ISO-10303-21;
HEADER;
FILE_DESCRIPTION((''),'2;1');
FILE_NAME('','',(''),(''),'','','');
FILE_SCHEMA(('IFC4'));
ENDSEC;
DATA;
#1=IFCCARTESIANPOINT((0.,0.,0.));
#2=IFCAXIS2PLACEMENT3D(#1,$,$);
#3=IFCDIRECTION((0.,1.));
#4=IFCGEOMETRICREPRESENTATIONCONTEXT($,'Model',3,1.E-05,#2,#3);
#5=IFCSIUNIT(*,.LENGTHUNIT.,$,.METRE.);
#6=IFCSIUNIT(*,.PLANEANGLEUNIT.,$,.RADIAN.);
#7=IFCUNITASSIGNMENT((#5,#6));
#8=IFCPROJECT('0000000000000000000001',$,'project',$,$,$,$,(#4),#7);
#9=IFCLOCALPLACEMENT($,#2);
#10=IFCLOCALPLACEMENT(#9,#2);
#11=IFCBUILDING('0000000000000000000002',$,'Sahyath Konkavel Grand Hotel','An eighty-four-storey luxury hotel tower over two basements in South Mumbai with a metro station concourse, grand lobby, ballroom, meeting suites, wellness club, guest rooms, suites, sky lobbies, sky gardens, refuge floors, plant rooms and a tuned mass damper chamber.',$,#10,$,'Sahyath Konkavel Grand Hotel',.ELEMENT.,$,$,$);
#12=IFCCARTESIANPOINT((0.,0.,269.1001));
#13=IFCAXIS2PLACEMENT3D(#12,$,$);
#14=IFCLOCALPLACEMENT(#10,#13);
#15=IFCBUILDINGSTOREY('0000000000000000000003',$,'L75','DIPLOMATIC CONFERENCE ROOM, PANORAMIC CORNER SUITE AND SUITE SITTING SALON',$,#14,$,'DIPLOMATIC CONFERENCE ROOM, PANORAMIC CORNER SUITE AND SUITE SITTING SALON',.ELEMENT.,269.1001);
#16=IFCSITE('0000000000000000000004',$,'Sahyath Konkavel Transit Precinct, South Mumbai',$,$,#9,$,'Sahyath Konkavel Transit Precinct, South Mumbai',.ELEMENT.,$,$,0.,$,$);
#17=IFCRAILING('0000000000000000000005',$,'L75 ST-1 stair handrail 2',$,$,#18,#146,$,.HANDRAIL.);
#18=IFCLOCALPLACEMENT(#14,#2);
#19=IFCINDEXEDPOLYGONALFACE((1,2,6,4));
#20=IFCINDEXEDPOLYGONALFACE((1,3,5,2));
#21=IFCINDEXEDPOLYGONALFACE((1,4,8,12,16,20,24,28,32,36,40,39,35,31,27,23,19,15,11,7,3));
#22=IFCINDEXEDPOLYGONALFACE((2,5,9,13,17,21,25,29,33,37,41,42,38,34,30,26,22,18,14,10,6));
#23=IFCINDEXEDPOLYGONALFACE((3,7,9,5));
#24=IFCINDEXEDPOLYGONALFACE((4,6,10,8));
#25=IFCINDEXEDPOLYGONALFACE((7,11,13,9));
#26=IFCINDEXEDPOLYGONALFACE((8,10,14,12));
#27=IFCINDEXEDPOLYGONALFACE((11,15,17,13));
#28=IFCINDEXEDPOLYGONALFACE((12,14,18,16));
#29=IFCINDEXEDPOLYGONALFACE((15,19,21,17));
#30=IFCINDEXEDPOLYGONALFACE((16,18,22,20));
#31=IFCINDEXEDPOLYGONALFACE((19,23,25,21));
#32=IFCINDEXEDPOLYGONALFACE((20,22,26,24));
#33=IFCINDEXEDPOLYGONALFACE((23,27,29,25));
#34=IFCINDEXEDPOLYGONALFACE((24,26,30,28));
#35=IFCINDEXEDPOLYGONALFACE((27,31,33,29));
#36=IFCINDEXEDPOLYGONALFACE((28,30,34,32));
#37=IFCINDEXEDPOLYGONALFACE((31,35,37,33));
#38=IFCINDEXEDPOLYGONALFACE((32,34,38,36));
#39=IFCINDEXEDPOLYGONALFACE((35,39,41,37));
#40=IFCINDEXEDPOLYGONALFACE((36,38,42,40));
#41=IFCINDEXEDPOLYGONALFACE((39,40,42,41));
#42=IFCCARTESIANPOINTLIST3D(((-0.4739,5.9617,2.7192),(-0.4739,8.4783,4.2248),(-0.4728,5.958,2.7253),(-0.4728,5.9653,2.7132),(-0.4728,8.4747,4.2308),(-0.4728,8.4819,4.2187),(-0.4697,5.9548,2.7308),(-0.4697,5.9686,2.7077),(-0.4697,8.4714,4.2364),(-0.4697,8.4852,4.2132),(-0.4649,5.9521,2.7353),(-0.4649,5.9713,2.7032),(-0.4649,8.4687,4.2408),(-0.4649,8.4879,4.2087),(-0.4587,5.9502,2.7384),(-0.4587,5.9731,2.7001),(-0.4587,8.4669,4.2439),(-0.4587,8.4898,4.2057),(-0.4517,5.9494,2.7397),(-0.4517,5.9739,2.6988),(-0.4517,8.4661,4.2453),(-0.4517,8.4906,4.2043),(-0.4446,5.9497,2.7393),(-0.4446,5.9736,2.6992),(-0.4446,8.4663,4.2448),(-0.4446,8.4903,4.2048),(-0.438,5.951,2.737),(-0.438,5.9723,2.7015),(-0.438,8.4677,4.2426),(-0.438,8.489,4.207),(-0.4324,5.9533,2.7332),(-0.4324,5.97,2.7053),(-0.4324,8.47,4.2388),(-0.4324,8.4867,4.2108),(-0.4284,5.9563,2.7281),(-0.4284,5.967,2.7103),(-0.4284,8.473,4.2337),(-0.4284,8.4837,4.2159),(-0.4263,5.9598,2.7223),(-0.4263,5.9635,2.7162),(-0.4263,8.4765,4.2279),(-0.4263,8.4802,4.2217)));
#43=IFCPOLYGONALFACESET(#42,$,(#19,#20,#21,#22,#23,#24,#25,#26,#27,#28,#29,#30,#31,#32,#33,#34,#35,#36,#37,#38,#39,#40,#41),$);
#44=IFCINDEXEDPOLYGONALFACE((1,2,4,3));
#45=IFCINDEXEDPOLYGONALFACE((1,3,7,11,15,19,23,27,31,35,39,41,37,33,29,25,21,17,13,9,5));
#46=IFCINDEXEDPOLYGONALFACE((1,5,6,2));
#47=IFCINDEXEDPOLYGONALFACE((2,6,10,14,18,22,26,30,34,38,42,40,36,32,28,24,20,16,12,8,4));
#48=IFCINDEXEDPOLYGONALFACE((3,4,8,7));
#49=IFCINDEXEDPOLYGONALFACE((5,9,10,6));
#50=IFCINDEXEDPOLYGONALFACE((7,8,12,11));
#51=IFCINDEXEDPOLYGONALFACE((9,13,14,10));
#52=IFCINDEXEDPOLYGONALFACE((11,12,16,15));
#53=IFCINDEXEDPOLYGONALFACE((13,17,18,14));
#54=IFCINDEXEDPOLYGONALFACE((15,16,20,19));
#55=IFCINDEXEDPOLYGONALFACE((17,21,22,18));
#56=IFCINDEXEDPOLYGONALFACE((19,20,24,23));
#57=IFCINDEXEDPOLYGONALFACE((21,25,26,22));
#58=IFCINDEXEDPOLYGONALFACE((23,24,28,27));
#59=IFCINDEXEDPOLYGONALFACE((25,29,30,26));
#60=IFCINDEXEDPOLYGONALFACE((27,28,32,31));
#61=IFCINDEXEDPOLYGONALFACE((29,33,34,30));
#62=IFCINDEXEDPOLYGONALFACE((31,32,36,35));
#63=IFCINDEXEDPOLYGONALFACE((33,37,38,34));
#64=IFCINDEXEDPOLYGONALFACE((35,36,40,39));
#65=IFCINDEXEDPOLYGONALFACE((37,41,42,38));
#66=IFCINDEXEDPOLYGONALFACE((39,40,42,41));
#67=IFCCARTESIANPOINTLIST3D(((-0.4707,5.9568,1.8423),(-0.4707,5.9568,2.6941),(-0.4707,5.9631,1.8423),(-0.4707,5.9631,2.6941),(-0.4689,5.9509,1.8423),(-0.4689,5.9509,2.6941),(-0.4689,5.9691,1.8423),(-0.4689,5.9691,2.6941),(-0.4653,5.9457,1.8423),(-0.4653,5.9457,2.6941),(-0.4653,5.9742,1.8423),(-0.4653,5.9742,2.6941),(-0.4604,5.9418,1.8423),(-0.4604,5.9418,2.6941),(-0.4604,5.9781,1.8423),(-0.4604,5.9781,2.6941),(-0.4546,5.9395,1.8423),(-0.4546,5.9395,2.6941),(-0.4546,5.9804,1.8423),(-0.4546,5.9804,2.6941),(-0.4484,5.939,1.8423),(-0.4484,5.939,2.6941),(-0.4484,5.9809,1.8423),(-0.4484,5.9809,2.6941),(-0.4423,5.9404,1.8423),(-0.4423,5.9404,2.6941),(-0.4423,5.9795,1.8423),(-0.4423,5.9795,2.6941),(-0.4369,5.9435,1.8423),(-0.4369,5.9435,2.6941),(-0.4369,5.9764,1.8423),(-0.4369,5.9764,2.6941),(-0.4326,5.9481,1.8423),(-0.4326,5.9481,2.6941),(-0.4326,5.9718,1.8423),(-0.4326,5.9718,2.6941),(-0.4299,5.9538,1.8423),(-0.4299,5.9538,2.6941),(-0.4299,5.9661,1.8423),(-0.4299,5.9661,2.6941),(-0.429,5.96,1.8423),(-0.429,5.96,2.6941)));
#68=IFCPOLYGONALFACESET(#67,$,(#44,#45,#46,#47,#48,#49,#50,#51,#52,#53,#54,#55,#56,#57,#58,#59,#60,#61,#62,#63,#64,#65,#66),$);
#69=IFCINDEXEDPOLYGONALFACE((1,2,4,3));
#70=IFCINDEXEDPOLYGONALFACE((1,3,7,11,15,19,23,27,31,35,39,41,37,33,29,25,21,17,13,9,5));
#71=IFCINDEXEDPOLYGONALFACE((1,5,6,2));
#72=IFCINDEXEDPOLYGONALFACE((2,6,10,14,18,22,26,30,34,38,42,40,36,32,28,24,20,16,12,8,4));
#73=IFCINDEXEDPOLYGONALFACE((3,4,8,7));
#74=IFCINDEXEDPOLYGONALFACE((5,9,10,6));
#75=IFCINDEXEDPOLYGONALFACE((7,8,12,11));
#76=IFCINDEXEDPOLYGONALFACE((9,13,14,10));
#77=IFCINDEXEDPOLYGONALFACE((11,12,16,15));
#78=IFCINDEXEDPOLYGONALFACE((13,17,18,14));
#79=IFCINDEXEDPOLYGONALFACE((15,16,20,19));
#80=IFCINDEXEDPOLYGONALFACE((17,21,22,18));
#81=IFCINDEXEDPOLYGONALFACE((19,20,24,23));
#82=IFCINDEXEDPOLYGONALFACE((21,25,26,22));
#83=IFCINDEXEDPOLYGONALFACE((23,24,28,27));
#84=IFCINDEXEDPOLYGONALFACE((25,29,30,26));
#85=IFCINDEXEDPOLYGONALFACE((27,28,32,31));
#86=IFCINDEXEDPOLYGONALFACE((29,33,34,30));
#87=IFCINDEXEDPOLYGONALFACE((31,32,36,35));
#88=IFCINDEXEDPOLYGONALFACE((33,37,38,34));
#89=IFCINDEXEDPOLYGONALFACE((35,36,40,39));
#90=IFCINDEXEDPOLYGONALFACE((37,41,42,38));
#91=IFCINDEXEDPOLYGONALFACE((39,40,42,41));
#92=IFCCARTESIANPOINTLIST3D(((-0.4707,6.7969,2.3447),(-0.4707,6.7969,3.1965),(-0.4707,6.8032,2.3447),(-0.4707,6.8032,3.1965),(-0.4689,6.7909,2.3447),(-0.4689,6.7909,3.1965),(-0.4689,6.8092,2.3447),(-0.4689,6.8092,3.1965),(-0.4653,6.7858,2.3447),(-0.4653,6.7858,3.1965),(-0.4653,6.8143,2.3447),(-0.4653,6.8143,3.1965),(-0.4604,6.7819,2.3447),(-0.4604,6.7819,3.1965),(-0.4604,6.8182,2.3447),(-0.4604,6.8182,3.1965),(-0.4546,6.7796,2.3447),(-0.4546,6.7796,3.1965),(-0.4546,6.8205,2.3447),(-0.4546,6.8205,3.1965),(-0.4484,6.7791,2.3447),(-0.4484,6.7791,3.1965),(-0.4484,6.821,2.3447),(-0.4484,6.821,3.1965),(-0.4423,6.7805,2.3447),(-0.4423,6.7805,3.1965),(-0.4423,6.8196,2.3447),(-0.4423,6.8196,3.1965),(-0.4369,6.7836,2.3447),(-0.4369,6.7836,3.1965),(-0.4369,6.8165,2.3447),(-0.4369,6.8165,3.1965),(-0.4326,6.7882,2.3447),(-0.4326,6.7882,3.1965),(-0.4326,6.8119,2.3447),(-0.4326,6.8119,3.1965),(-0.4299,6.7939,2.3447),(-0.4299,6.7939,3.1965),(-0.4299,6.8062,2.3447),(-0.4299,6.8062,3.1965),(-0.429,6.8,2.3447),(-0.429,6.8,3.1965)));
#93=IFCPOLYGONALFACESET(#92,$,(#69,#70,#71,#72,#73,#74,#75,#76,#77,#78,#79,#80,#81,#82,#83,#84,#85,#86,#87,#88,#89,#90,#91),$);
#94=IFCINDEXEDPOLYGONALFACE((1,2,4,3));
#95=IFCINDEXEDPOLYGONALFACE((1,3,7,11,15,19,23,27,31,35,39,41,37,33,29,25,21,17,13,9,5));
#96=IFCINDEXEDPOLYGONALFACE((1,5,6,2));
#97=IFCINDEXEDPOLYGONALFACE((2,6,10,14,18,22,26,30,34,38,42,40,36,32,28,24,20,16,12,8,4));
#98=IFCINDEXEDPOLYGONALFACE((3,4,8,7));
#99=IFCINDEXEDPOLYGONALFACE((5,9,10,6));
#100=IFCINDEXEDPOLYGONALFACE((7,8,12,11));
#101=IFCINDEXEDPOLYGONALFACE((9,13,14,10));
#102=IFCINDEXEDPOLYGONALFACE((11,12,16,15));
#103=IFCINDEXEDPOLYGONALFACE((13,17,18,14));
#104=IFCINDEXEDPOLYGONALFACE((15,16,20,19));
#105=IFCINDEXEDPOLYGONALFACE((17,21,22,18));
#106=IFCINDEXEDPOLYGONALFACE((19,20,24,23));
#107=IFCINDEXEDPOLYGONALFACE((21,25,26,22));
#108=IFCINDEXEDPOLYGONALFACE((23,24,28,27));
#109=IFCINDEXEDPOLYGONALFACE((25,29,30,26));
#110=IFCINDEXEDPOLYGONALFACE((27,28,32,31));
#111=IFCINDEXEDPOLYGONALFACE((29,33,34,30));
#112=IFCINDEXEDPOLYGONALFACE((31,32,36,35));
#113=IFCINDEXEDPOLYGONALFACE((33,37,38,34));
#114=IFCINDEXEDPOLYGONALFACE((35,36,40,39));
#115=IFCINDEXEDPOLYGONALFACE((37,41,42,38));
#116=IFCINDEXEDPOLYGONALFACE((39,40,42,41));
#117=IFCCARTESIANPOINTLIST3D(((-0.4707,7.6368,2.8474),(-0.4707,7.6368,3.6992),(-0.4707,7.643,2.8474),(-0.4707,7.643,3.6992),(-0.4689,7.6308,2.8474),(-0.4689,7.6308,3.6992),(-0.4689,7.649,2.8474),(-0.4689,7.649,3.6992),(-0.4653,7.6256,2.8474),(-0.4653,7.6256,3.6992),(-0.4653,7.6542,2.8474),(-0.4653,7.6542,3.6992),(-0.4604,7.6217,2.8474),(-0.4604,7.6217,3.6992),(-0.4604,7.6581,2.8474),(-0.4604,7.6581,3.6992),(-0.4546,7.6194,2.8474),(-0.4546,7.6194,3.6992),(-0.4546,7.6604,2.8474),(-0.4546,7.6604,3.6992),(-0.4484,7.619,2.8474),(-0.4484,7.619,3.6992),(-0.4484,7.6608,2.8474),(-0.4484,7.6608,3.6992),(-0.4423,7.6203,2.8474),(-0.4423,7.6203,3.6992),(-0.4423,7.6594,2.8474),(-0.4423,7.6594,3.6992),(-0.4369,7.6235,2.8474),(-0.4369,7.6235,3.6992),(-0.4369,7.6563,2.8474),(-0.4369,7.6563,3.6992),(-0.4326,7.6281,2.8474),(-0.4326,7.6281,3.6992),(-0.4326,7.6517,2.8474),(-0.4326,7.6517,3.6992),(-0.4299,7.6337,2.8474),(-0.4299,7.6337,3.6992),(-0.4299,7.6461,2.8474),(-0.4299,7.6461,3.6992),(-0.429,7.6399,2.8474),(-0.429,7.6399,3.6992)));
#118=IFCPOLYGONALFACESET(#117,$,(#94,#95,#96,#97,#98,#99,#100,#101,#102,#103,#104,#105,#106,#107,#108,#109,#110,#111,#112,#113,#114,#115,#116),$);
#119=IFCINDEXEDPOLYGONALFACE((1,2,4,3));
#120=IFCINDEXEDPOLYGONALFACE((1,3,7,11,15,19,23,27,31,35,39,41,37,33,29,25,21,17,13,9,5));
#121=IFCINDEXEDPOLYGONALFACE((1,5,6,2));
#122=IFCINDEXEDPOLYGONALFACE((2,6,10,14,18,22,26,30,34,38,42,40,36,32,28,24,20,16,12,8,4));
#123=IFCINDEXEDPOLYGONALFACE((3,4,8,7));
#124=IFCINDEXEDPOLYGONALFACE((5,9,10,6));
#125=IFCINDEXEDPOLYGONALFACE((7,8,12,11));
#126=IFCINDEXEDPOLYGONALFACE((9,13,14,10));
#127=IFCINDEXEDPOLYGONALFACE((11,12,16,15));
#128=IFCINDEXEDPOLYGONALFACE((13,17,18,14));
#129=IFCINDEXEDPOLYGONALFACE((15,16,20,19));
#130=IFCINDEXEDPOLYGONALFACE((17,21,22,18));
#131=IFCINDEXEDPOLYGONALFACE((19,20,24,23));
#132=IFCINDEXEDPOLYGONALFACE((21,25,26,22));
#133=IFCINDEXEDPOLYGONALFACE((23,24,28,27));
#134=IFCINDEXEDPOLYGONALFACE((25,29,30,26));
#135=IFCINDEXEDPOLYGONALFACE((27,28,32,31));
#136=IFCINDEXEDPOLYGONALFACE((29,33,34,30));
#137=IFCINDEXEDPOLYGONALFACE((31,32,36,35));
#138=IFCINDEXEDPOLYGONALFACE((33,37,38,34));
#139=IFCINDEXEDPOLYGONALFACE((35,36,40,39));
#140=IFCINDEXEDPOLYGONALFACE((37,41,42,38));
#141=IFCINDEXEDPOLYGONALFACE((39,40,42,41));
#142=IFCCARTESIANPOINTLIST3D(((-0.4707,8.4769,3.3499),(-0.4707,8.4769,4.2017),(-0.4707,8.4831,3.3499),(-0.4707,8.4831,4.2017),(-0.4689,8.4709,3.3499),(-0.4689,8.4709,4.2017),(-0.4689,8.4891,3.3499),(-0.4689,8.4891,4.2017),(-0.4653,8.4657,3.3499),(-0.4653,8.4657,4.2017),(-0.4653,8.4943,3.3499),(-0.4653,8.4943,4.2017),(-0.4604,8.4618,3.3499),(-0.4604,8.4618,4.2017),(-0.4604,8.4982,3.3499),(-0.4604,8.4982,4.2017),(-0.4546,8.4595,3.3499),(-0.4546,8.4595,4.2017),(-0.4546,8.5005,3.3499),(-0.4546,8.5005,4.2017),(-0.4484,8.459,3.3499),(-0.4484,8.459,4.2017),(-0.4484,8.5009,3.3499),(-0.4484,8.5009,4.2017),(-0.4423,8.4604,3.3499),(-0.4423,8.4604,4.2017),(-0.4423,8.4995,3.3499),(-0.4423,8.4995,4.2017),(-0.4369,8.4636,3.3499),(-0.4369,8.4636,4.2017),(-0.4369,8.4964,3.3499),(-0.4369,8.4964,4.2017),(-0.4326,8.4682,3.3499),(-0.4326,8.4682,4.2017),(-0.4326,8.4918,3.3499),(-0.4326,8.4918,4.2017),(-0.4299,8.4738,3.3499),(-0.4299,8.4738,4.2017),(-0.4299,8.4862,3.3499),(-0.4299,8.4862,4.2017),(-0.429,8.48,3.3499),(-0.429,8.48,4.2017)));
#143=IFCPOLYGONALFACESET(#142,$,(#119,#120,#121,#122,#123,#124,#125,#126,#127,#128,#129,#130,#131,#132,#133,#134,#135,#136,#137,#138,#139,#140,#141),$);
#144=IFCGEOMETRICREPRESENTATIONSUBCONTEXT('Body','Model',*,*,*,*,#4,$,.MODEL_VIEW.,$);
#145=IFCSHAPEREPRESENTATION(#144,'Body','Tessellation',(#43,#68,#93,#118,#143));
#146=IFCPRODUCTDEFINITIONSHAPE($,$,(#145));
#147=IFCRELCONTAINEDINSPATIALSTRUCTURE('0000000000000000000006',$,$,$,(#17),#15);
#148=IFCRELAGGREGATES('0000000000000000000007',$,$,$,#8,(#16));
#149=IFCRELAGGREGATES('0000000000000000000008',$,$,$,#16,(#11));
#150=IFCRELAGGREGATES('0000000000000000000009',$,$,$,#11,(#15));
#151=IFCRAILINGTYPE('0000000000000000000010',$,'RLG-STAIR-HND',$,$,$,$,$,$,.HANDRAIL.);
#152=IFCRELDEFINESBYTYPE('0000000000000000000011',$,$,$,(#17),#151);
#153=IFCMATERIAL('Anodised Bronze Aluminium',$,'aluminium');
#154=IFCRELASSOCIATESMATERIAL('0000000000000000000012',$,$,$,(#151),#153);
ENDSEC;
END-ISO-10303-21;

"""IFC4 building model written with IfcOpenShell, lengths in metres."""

from ifc_helpers import new_model, si_unit, direction, frame, origin, origin_2d, place, context, subcontext, project, spatial, circle, extrude, material, type_object, element, save


model = new_model("IFC4")

# Units and contexts
model_context = context("Model", 3, precision=1e-05, world=origin(), true_north=direction((0.0, 1.0)))
body_context = subcontext(model_context, "Body", "Model", "MODEL_VIEW")
ifc_project = project(units=[si_unit("LENGTHUNIT", "METRE"), si_unit("PLANEANGLEUNIT", "RADIAN")], contexts=[model_context])

# Site, building, storey
site_placement = place(None, origin())
site = spatial("IfcSite", under=ifc_project, at=site_placement, Name="Sahyath Konkavel Transit Precinct, South Mumbai", LongName="Sahyath Konkavel Transit Precinct, South Mumbai", CompositionType="ELEMENT", RefElevation=0.0)
building_placement = place(site_placement, origin())
building = spatial("IfcBuilding", under=site, at=building_placement, Name="Sahyath Konkavel Grand Hotel", Description="An eighty-four-storey luxury hotel tower over two basements in South Mumbai with a metro station concourse, grand lobby, ballroom, meeting suites, wellness club, guest rooms, suites, sky lobbies, sky gardens, refuge floors, plant rooms and a tuned mass damper chamber.", LongName="Sahyath Konkavel Grand Hotel", CompositionType="ELEMENT")
storey_placement = place(building_placement, frame((0.0, 0.0, 269.1001)))
storey = spatial("IfcBuildingStorey", under=building, at=storey_placement, Name="L75", Description="DIPLOMATIC CONFERENCE ROOM, PANORAMIC CORNER SUITE AND SUITE SITTING SALON", LongName="DIPLOMATIC CONFERENCE ROOM, PANORAMIC CORNER SUITE AND SUITE SITTING SALON", CompositionType="ELEMENT", Elevation=269.1001)

# Shared definitions
ifc_material_1 = material(Name="Anodised Bronze Aluminium", Category="aluminium")

# Railing
railing_type_1 = type_object("IfcRailingType", Name="RLG-STAIR-HND", PredefinedType="HANDRAIL", material=ifc_material_1)
railing_1_placement = place(storey_placement, frame((-0.45, 5.96, 1.8423)))
element("IfcRailing", 1, at=railing_1_placement, inside=storey, type_object=railing_type_1, Name="L75 ST-1 stair handrail 2", PredefinedType="HANDRAIL", context=body_context, shape_type="SweptSolid", body=[
    extrude(circle(Radius=0.0239, at=origin_2d()), frame((0.0, 0.0017, 0.877), z_axis=(0.0, 0.85816, 0.513383), x_axis=(-1.0, 0.0, 0.0)), (0.0, 0.0, 1.0), 2.9326),
    extrude(circle(Radius=0.021, at=origin_2d()), origin(), (0.0, 0.0, 1.0), 0.8518),
    extrude(circle(Radius=0.021, at=origin_2d()), frame((0.0, 0.8401, 0.5024)), (0.0, 0.0, 1.0), 0.8518),
    extrude(circle(Radius=0.021, at=origin_2d()), frame((0.0, 1.6799, 1.0051)), (0.0, 0.0, 1.0), 0.8518),
    extrude(circle(Radius=0.021, at=origin_2d()), frame((0.0, 2.52, 1.5076)), (0.0, 0.0, 1.0), 0.8518),
])

save(model, "model.ifc")
